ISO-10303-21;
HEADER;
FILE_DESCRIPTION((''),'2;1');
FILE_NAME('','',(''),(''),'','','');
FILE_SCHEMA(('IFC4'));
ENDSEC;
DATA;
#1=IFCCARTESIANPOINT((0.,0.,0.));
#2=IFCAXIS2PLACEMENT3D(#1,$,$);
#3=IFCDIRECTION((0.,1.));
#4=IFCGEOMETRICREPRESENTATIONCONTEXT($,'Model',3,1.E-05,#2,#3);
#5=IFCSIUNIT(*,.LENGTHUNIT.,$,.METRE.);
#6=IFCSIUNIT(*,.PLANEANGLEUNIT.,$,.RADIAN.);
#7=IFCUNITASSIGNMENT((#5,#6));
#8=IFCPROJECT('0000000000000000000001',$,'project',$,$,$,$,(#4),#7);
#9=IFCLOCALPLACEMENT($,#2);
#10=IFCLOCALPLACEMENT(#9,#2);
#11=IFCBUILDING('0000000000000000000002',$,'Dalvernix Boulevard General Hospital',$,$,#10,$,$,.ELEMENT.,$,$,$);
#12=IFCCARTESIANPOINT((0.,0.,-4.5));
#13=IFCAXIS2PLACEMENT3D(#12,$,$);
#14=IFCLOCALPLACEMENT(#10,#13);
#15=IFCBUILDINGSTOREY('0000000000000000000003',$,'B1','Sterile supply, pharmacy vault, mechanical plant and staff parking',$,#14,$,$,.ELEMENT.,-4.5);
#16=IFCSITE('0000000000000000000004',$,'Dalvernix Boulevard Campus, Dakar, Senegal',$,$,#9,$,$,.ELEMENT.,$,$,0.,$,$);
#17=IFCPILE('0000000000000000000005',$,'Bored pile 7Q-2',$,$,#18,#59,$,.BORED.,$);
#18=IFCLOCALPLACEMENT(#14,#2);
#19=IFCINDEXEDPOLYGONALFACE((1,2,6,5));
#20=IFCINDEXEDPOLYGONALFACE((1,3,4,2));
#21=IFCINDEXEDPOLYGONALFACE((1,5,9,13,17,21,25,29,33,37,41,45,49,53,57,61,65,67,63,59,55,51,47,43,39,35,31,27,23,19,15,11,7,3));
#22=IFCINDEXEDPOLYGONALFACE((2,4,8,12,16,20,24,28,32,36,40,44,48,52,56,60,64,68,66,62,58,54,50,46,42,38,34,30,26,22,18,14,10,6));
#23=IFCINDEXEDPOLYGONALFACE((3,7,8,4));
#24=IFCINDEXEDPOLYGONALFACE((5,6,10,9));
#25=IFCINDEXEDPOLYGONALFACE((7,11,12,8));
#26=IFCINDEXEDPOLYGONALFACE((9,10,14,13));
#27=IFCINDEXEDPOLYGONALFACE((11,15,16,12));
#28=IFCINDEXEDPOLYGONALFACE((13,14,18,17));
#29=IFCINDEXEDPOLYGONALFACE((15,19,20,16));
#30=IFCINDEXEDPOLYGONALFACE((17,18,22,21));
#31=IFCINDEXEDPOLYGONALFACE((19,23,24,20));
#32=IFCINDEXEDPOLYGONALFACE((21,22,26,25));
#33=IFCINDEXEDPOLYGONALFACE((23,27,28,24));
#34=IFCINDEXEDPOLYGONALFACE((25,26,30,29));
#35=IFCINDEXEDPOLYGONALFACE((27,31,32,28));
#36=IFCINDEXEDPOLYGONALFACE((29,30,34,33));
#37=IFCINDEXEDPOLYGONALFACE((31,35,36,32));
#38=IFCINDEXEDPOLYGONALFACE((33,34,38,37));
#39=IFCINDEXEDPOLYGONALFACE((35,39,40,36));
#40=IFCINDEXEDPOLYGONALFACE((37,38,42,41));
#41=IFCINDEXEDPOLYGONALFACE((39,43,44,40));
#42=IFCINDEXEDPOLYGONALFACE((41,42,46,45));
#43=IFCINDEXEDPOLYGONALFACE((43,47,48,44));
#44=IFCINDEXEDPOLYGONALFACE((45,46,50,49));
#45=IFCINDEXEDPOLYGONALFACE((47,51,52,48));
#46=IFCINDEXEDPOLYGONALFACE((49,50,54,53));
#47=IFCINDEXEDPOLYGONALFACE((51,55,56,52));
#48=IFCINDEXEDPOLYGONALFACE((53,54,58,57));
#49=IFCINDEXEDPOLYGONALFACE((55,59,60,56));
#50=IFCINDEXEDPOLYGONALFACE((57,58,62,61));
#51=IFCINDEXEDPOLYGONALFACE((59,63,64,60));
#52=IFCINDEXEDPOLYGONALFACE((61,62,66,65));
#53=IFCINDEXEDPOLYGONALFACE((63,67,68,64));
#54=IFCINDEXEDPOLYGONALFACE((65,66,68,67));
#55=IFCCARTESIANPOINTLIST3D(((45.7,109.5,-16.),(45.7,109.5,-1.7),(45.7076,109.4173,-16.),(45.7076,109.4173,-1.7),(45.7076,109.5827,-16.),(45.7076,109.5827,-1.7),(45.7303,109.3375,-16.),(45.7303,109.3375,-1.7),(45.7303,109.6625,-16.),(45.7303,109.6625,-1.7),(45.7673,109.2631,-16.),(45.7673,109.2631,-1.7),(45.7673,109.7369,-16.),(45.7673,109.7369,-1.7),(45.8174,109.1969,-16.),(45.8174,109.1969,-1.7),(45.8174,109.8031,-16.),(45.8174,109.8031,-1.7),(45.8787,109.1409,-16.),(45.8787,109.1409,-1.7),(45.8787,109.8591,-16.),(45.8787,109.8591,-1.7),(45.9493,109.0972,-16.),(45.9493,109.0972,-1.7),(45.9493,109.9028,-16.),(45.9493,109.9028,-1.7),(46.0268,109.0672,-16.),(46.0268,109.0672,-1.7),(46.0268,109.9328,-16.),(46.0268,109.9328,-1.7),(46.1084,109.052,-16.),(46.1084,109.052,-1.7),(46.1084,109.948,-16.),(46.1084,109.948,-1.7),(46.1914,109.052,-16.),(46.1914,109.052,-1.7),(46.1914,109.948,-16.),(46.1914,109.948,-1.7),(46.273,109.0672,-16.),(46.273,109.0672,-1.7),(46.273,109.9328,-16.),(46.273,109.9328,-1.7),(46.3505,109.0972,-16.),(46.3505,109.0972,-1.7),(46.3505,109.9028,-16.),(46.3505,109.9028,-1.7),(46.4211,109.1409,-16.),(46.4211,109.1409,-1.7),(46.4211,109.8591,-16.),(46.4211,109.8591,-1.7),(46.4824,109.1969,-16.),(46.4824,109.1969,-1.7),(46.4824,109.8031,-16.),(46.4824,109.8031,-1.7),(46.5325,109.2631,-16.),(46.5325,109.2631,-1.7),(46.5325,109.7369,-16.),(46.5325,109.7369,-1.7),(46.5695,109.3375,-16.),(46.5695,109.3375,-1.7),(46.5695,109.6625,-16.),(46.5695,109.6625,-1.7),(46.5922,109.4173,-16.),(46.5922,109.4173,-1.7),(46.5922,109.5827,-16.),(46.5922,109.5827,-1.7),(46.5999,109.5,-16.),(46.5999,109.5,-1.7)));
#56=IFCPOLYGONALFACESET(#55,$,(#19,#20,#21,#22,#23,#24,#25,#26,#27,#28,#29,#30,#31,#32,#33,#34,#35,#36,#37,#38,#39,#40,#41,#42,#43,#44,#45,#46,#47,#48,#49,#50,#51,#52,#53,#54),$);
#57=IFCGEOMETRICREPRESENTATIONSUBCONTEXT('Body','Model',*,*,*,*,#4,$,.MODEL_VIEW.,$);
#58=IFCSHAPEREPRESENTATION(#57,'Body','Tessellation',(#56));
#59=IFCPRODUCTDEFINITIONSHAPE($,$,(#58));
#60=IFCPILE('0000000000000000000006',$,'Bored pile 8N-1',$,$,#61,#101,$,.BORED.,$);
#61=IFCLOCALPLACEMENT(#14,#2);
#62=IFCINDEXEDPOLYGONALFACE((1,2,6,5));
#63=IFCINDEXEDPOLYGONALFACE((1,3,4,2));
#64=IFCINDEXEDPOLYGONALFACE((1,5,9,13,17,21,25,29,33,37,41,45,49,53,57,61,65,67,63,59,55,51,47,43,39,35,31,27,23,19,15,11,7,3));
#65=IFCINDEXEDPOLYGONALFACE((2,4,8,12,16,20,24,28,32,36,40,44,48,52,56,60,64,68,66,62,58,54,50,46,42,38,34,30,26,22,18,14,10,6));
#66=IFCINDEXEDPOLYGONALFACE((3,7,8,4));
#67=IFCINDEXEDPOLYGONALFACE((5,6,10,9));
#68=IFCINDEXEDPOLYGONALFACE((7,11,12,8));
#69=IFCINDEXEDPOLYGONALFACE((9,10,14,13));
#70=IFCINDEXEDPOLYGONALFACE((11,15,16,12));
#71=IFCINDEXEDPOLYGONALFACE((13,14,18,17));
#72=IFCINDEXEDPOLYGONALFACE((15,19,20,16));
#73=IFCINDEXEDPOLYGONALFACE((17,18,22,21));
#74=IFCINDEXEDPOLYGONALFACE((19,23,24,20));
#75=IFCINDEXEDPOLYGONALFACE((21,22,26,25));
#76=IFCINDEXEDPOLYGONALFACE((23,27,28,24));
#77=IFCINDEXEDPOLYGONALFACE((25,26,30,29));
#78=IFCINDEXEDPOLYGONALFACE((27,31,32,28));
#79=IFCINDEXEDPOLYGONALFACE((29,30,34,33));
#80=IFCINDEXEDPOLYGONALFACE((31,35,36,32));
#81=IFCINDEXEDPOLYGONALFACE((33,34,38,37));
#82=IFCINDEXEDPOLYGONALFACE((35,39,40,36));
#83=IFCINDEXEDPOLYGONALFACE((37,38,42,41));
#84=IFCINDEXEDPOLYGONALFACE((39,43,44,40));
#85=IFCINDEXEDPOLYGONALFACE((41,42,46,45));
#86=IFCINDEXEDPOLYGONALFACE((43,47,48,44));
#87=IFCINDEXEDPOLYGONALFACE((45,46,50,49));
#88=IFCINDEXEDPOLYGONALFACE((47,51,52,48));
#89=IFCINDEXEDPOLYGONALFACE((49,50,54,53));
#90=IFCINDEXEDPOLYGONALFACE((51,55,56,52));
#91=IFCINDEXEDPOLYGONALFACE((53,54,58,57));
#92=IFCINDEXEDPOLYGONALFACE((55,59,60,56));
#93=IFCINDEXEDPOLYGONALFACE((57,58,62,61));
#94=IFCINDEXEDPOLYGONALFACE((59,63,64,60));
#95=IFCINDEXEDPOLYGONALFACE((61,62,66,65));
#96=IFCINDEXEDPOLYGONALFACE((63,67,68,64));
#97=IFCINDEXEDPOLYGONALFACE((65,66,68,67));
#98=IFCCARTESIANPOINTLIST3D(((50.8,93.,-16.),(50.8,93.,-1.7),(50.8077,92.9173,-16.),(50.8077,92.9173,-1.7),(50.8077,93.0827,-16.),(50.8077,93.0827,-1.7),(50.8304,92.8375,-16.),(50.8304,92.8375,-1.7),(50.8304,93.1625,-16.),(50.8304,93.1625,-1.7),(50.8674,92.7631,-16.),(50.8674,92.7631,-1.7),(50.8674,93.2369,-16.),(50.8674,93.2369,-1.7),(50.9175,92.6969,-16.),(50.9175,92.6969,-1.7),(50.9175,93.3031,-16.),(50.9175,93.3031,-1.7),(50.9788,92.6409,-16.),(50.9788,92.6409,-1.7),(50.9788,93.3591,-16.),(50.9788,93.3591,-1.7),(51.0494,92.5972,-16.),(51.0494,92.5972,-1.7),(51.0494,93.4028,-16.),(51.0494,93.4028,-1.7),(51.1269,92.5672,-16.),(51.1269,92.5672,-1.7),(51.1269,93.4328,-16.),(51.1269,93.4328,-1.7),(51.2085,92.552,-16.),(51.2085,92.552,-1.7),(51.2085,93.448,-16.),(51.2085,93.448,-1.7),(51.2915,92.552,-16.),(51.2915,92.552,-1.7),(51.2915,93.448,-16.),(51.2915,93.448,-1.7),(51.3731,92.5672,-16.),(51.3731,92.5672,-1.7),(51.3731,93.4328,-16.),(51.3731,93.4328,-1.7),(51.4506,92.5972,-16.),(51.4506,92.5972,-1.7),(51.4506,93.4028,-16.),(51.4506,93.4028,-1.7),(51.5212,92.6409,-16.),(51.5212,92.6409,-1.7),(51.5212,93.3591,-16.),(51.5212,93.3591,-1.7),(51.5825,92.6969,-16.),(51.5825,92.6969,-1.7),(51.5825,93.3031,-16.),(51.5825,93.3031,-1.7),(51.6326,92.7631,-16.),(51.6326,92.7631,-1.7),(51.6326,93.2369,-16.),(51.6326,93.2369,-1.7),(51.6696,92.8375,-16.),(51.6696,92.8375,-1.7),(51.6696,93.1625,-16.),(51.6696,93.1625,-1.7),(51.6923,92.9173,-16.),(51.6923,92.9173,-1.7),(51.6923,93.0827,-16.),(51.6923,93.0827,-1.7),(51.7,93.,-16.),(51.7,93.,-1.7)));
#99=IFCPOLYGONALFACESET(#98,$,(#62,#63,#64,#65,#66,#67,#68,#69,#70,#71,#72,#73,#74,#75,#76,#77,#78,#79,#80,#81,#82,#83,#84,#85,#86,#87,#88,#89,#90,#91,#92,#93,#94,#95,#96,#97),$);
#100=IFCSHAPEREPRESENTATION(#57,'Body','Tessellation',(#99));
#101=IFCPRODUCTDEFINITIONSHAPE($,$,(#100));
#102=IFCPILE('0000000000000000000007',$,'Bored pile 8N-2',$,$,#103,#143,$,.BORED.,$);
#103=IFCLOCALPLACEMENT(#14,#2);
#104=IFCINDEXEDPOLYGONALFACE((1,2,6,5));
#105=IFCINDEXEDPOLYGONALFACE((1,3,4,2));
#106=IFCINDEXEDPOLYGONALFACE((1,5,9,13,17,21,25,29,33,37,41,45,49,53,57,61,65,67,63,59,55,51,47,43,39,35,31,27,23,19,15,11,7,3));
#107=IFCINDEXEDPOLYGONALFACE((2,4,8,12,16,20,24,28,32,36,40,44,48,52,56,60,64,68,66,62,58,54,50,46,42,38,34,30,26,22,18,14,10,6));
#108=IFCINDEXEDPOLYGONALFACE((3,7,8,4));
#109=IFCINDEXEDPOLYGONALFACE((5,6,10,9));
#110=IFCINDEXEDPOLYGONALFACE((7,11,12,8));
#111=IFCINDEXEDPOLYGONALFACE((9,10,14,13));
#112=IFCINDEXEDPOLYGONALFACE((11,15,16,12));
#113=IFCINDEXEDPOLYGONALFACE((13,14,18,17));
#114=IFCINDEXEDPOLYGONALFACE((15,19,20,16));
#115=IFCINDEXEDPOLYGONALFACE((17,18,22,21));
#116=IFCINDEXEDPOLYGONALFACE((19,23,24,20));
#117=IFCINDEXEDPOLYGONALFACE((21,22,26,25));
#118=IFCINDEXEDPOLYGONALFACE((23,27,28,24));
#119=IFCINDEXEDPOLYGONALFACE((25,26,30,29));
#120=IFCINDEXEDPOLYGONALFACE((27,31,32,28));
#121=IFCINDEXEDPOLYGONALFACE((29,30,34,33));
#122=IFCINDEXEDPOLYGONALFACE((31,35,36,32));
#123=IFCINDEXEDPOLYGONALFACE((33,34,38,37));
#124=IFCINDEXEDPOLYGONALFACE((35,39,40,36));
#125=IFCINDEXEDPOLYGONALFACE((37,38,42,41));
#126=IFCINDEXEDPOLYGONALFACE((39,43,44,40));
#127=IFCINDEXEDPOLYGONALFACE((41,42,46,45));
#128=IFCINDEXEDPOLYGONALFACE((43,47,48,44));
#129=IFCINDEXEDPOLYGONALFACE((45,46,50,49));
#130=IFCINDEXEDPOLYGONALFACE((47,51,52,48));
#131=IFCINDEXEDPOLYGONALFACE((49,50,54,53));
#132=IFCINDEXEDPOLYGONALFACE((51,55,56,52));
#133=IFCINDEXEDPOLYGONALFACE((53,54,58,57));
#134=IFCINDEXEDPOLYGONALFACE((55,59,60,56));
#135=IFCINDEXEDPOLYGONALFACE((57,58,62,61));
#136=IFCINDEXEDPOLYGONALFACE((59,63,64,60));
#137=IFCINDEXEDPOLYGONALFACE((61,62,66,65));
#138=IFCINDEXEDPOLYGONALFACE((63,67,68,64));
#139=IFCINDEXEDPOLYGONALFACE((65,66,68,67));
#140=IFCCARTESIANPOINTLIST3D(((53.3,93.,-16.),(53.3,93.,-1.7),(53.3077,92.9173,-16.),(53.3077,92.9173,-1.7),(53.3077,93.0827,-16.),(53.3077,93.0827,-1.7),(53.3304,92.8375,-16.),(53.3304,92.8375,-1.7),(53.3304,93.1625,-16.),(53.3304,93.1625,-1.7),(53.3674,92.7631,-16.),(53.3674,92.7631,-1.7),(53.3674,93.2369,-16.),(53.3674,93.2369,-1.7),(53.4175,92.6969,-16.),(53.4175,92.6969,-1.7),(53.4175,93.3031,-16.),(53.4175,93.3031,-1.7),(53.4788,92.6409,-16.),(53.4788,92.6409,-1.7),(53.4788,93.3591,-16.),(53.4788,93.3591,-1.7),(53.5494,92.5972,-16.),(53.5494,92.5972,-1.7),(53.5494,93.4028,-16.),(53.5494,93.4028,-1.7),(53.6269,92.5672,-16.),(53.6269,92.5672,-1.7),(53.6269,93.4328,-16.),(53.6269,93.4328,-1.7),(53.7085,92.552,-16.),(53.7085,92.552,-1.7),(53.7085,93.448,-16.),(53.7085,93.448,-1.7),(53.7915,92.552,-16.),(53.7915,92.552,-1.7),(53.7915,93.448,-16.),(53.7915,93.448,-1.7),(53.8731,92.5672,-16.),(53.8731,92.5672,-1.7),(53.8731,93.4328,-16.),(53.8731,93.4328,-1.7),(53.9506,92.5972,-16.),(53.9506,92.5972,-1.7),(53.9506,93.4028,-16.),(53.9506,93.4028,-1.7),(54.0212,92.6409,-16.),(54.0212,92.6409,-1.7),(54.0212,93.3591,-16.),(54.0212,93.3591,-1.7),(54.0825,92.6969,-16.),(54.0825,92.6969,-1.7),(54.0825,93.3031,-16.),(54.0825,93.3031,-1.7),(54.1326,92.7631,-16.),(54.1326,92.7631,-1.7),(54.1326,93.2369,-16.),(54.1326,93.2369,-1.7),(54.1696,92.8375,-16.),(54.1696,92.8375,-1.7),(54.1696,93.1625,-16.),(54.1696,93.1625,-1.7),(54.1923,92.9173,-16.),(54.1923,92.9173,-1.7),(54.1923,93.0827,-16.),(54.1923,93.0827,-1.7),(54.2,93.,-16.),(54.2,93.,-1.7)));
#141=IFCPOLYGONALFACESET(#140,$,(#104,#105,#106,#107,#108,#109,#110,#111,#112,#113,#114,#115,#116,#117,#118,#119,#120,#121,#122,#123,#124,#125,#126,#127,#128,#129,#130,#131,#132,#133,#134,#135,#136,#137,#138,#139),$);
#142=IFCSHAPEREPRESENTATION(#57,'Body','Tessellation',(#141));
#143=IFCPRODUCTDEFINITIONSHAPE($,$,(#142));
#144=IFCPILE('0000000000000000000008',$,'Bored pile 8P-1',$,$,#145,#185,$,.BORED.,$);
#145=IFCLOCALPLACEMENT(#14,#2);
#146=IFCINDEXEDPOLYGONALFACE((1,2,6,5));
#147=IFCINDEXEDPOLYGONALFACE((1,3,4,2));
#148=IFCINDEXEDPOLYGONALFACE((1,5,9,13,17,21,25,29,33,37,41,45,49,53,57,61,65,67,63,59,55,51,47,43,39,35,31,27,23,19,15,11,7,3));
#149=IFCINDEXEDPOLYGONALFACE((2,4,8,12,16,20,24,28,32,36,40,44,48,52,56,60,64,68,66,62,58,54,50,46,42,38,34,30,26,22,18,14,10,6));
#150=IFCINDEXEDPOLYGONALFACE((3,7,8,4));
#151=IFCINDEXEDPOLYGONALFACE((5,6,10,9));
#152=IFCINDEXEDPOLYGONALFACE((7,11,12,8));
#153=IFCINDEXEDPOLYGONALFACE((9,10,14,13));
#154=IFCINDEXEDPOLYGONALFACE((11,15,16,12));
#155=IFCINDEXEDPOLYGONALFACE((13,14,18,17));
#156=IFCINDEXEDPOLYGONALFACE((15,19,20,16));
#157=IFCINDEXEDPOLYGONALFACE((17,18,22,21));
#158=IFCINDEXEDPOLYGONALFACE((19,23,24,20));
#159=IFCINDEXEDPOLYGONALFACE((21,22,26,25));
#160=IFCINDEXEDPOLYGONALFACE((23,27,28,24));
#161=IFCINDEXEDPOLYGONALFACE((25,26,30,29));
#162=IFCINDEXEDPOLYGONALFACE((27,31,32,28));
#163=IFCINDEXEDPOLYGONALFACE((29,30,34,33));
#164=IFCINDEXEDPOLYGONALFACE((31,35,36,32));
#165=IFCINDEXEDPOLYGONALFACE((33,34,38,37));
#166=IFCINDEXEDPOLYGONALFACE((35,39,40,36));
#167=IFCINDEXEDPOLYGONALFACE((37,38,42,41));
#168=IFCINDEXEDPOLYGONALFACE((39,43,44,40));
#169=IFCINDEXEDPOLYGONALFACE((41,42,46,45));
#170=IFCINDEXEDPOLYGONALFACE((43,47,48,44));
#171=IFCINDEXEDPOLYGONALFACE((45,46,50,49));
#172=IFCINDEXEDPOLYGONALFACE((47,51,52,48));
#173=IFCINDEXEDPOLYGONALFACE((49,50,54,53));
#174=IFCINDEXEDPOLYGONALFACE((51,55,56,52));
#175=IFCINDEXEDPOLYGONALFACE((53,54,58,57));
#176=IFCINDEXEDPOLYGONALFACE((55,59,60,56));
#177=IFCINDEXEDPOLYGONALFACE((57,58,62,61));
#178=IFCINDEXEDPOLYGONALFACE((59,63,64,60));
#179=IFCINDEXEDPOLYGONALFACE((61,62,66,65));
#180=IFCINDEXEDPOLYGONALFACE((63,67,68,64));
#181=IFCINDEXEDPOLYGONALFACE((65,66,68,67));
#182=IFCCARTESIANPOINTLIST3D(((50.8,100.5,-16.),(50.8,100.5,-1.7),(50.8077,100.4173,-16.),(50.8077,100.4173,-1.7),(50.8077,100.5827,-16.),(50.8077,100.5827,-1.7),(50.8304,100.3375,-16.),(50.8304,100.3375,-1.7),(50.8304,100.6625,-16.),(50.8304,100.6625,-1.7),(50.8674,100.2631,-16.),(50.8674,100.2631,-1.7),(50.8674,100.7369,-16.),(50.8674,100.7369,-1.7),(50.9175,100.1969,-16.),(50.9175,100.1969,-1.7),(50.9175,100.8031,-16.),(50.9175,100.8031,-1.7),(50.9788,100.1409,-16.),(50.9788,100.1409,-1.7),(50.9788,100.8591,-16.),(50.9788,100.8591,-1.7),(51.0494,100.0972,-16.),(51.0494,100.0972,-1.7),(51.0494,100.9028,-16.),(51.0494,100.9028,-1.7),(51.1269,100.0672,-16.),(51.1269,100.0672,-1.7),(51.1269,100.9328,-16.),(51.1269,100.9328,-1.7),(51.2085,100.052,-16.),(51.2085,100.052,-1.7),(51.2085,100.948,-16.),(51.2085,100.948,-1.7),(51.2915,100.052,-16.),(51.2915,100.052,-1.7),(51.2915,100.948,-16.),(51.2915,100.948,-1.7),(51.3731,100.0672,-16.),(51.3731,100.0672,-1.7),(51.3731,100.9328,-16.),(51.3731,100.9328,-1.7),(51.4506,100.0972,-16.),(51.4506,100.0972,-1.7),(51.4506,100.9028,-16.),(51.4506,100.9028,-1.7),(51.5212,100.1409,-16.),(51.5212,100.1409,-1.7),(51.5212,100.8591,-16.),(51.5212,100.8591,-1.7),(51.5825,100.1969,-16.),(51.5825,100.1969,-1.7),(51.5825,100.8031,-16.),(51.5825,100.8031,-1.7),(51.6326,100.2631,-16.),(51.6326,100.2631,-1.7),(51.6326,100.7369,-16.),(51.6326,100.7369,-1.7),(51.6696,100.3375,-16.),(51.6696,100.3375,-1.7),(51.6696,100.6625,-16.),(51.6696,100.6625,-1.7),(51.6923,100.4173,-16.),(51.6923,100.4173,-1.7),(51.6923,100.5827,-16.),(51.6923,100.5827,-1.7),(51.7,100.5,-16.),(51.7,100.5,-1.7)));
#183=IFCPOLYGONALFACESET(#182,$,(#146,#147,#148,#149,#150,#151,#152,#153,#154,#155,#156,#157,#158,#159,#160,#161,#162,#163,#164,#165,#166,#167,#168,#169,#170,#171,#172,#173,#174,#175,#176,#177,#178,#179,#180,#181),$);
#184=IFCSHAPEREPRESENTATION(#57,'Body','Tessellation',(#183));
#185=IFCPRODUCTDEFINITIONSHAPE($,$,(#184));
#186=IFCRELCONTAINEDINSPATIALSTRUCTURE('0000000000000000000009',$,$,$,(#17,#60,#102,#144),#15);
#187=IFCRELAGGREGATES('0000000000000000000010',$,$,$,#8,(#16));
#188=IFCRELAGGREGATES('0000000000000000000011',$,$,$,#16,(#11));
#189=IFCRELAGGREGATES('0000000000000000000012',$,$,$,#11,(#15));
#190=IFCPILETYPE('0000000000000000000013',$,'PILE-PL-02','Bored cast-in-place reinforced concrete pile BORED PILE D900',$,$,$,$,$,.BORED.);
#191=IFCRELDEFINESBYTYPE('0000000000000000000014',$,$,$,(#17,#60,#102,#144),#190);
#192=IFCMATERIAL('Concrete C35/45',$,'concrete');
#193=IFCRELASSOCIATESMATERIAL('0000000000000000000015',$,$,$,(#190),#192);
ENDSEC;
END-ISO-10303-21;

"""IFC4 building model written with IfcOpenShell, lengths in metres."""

from ifc_helpers import new_model, si_unit, direction, frame, origin, origin_2d, place, context, subcontext, project, spatial, circle, extrude, material, material_profile, profile_set, type_object, element, save


model = new_model("IFC4")

# Units and contexts
model_context = context("Model", 3, precision=1e-05, world=origin(), true_north=direction((0.0, 1.0)))
body_context = subcontext(model_context, "Body", "Model", "MODEL_VIEW")
ifc_project = project(units=[si_unit("LENGTHUNIT", "METRE"), si_unit("PLANEANGLEUNIT", "RADIAN")], contexts=[model_context])

# Site, building, storey
site_placement = place(None, origin())
site = spatial("IfcSite", under=ifc_project, at=site_placement, Name="Dalvernix Boulevard Campus, Dakar, Senegal", CompositionType="ELEMENT", RefElevation=0.0)
building_placement = place(site_placement, origin())
building = spatial("IfcBuilding", under=site, at=building_placement, Name="Dalvernix Boulevard General Hospital", CompositionType="ELEMENT")
storey_placement = place(building_placement, frame((0.0, 0.0, -4.5)))
storey = spatial("IfcBuildingStorey", under=building, at=storey_placement, Name="B1", Description="Sterile supply, pharmacy vault, mechanical plant and staff parking", CompositionType="ELEMENT", Elevation=-4.5)

# Shared definitions
ifc_material_1 = material(Name="Concrete C35/45", Category="concrete")

# Piles
ifc_material_profile_1 = material_profile(ifc_material_1, circle(Radius=0.45, at=origin_2d()), Name="BORED PILE D900")
ifc_profile_set_1 = profile_set([ifc_material_profile_1], Name="Concrete C35/45")
pile_type_1 = type_object("IfcPileType", Name="PILE-PL-02", Description="Bored cast-in-place reinforced concrete pile BORED PILE D900", PredefinedType="BORED", material=ifc_profile_set_1)
for number, where, z_axis, x_axis, name in (
    (1, (46.1499, 109.5, -1.7), (0.0, 0.0, -1.0), (1.0, 0.0, 0.0), "Bored pile 7Q-2"),
    (2, (51.25, 93.0, -1.7), (0.0, 0.0, -1.0), (1.0, 0.0, 0.0), "Bored pile 8N-1"),
    (3, (53.75, 93.0, -1.7), (0.0, 0.0, -1.0), (1.0, 0.0, 0.0), "Bored pile 8N-2"),
    (4, (51.25, 100.5, -1.7), (0.0, 0.0, -1.0), (1.0, 0.0, 0.0), "Bored pile 8P-1"),
):
    element("IfcPile", number, at=place(storey_placement, frame(where, z_axis=z_axis, x_axis=x_axis)), inside=storey, type_object=pile_type_1, Name=name, PredefinedType="BORED", context=body_context, shape_type="SweptSolid", body=[
        extrude(circle(Radius=0.45, at=origin_2d()), origin(), (0.0, 0.0, 1.0), 14.3),
    ])

save(model, "model.ifc")
